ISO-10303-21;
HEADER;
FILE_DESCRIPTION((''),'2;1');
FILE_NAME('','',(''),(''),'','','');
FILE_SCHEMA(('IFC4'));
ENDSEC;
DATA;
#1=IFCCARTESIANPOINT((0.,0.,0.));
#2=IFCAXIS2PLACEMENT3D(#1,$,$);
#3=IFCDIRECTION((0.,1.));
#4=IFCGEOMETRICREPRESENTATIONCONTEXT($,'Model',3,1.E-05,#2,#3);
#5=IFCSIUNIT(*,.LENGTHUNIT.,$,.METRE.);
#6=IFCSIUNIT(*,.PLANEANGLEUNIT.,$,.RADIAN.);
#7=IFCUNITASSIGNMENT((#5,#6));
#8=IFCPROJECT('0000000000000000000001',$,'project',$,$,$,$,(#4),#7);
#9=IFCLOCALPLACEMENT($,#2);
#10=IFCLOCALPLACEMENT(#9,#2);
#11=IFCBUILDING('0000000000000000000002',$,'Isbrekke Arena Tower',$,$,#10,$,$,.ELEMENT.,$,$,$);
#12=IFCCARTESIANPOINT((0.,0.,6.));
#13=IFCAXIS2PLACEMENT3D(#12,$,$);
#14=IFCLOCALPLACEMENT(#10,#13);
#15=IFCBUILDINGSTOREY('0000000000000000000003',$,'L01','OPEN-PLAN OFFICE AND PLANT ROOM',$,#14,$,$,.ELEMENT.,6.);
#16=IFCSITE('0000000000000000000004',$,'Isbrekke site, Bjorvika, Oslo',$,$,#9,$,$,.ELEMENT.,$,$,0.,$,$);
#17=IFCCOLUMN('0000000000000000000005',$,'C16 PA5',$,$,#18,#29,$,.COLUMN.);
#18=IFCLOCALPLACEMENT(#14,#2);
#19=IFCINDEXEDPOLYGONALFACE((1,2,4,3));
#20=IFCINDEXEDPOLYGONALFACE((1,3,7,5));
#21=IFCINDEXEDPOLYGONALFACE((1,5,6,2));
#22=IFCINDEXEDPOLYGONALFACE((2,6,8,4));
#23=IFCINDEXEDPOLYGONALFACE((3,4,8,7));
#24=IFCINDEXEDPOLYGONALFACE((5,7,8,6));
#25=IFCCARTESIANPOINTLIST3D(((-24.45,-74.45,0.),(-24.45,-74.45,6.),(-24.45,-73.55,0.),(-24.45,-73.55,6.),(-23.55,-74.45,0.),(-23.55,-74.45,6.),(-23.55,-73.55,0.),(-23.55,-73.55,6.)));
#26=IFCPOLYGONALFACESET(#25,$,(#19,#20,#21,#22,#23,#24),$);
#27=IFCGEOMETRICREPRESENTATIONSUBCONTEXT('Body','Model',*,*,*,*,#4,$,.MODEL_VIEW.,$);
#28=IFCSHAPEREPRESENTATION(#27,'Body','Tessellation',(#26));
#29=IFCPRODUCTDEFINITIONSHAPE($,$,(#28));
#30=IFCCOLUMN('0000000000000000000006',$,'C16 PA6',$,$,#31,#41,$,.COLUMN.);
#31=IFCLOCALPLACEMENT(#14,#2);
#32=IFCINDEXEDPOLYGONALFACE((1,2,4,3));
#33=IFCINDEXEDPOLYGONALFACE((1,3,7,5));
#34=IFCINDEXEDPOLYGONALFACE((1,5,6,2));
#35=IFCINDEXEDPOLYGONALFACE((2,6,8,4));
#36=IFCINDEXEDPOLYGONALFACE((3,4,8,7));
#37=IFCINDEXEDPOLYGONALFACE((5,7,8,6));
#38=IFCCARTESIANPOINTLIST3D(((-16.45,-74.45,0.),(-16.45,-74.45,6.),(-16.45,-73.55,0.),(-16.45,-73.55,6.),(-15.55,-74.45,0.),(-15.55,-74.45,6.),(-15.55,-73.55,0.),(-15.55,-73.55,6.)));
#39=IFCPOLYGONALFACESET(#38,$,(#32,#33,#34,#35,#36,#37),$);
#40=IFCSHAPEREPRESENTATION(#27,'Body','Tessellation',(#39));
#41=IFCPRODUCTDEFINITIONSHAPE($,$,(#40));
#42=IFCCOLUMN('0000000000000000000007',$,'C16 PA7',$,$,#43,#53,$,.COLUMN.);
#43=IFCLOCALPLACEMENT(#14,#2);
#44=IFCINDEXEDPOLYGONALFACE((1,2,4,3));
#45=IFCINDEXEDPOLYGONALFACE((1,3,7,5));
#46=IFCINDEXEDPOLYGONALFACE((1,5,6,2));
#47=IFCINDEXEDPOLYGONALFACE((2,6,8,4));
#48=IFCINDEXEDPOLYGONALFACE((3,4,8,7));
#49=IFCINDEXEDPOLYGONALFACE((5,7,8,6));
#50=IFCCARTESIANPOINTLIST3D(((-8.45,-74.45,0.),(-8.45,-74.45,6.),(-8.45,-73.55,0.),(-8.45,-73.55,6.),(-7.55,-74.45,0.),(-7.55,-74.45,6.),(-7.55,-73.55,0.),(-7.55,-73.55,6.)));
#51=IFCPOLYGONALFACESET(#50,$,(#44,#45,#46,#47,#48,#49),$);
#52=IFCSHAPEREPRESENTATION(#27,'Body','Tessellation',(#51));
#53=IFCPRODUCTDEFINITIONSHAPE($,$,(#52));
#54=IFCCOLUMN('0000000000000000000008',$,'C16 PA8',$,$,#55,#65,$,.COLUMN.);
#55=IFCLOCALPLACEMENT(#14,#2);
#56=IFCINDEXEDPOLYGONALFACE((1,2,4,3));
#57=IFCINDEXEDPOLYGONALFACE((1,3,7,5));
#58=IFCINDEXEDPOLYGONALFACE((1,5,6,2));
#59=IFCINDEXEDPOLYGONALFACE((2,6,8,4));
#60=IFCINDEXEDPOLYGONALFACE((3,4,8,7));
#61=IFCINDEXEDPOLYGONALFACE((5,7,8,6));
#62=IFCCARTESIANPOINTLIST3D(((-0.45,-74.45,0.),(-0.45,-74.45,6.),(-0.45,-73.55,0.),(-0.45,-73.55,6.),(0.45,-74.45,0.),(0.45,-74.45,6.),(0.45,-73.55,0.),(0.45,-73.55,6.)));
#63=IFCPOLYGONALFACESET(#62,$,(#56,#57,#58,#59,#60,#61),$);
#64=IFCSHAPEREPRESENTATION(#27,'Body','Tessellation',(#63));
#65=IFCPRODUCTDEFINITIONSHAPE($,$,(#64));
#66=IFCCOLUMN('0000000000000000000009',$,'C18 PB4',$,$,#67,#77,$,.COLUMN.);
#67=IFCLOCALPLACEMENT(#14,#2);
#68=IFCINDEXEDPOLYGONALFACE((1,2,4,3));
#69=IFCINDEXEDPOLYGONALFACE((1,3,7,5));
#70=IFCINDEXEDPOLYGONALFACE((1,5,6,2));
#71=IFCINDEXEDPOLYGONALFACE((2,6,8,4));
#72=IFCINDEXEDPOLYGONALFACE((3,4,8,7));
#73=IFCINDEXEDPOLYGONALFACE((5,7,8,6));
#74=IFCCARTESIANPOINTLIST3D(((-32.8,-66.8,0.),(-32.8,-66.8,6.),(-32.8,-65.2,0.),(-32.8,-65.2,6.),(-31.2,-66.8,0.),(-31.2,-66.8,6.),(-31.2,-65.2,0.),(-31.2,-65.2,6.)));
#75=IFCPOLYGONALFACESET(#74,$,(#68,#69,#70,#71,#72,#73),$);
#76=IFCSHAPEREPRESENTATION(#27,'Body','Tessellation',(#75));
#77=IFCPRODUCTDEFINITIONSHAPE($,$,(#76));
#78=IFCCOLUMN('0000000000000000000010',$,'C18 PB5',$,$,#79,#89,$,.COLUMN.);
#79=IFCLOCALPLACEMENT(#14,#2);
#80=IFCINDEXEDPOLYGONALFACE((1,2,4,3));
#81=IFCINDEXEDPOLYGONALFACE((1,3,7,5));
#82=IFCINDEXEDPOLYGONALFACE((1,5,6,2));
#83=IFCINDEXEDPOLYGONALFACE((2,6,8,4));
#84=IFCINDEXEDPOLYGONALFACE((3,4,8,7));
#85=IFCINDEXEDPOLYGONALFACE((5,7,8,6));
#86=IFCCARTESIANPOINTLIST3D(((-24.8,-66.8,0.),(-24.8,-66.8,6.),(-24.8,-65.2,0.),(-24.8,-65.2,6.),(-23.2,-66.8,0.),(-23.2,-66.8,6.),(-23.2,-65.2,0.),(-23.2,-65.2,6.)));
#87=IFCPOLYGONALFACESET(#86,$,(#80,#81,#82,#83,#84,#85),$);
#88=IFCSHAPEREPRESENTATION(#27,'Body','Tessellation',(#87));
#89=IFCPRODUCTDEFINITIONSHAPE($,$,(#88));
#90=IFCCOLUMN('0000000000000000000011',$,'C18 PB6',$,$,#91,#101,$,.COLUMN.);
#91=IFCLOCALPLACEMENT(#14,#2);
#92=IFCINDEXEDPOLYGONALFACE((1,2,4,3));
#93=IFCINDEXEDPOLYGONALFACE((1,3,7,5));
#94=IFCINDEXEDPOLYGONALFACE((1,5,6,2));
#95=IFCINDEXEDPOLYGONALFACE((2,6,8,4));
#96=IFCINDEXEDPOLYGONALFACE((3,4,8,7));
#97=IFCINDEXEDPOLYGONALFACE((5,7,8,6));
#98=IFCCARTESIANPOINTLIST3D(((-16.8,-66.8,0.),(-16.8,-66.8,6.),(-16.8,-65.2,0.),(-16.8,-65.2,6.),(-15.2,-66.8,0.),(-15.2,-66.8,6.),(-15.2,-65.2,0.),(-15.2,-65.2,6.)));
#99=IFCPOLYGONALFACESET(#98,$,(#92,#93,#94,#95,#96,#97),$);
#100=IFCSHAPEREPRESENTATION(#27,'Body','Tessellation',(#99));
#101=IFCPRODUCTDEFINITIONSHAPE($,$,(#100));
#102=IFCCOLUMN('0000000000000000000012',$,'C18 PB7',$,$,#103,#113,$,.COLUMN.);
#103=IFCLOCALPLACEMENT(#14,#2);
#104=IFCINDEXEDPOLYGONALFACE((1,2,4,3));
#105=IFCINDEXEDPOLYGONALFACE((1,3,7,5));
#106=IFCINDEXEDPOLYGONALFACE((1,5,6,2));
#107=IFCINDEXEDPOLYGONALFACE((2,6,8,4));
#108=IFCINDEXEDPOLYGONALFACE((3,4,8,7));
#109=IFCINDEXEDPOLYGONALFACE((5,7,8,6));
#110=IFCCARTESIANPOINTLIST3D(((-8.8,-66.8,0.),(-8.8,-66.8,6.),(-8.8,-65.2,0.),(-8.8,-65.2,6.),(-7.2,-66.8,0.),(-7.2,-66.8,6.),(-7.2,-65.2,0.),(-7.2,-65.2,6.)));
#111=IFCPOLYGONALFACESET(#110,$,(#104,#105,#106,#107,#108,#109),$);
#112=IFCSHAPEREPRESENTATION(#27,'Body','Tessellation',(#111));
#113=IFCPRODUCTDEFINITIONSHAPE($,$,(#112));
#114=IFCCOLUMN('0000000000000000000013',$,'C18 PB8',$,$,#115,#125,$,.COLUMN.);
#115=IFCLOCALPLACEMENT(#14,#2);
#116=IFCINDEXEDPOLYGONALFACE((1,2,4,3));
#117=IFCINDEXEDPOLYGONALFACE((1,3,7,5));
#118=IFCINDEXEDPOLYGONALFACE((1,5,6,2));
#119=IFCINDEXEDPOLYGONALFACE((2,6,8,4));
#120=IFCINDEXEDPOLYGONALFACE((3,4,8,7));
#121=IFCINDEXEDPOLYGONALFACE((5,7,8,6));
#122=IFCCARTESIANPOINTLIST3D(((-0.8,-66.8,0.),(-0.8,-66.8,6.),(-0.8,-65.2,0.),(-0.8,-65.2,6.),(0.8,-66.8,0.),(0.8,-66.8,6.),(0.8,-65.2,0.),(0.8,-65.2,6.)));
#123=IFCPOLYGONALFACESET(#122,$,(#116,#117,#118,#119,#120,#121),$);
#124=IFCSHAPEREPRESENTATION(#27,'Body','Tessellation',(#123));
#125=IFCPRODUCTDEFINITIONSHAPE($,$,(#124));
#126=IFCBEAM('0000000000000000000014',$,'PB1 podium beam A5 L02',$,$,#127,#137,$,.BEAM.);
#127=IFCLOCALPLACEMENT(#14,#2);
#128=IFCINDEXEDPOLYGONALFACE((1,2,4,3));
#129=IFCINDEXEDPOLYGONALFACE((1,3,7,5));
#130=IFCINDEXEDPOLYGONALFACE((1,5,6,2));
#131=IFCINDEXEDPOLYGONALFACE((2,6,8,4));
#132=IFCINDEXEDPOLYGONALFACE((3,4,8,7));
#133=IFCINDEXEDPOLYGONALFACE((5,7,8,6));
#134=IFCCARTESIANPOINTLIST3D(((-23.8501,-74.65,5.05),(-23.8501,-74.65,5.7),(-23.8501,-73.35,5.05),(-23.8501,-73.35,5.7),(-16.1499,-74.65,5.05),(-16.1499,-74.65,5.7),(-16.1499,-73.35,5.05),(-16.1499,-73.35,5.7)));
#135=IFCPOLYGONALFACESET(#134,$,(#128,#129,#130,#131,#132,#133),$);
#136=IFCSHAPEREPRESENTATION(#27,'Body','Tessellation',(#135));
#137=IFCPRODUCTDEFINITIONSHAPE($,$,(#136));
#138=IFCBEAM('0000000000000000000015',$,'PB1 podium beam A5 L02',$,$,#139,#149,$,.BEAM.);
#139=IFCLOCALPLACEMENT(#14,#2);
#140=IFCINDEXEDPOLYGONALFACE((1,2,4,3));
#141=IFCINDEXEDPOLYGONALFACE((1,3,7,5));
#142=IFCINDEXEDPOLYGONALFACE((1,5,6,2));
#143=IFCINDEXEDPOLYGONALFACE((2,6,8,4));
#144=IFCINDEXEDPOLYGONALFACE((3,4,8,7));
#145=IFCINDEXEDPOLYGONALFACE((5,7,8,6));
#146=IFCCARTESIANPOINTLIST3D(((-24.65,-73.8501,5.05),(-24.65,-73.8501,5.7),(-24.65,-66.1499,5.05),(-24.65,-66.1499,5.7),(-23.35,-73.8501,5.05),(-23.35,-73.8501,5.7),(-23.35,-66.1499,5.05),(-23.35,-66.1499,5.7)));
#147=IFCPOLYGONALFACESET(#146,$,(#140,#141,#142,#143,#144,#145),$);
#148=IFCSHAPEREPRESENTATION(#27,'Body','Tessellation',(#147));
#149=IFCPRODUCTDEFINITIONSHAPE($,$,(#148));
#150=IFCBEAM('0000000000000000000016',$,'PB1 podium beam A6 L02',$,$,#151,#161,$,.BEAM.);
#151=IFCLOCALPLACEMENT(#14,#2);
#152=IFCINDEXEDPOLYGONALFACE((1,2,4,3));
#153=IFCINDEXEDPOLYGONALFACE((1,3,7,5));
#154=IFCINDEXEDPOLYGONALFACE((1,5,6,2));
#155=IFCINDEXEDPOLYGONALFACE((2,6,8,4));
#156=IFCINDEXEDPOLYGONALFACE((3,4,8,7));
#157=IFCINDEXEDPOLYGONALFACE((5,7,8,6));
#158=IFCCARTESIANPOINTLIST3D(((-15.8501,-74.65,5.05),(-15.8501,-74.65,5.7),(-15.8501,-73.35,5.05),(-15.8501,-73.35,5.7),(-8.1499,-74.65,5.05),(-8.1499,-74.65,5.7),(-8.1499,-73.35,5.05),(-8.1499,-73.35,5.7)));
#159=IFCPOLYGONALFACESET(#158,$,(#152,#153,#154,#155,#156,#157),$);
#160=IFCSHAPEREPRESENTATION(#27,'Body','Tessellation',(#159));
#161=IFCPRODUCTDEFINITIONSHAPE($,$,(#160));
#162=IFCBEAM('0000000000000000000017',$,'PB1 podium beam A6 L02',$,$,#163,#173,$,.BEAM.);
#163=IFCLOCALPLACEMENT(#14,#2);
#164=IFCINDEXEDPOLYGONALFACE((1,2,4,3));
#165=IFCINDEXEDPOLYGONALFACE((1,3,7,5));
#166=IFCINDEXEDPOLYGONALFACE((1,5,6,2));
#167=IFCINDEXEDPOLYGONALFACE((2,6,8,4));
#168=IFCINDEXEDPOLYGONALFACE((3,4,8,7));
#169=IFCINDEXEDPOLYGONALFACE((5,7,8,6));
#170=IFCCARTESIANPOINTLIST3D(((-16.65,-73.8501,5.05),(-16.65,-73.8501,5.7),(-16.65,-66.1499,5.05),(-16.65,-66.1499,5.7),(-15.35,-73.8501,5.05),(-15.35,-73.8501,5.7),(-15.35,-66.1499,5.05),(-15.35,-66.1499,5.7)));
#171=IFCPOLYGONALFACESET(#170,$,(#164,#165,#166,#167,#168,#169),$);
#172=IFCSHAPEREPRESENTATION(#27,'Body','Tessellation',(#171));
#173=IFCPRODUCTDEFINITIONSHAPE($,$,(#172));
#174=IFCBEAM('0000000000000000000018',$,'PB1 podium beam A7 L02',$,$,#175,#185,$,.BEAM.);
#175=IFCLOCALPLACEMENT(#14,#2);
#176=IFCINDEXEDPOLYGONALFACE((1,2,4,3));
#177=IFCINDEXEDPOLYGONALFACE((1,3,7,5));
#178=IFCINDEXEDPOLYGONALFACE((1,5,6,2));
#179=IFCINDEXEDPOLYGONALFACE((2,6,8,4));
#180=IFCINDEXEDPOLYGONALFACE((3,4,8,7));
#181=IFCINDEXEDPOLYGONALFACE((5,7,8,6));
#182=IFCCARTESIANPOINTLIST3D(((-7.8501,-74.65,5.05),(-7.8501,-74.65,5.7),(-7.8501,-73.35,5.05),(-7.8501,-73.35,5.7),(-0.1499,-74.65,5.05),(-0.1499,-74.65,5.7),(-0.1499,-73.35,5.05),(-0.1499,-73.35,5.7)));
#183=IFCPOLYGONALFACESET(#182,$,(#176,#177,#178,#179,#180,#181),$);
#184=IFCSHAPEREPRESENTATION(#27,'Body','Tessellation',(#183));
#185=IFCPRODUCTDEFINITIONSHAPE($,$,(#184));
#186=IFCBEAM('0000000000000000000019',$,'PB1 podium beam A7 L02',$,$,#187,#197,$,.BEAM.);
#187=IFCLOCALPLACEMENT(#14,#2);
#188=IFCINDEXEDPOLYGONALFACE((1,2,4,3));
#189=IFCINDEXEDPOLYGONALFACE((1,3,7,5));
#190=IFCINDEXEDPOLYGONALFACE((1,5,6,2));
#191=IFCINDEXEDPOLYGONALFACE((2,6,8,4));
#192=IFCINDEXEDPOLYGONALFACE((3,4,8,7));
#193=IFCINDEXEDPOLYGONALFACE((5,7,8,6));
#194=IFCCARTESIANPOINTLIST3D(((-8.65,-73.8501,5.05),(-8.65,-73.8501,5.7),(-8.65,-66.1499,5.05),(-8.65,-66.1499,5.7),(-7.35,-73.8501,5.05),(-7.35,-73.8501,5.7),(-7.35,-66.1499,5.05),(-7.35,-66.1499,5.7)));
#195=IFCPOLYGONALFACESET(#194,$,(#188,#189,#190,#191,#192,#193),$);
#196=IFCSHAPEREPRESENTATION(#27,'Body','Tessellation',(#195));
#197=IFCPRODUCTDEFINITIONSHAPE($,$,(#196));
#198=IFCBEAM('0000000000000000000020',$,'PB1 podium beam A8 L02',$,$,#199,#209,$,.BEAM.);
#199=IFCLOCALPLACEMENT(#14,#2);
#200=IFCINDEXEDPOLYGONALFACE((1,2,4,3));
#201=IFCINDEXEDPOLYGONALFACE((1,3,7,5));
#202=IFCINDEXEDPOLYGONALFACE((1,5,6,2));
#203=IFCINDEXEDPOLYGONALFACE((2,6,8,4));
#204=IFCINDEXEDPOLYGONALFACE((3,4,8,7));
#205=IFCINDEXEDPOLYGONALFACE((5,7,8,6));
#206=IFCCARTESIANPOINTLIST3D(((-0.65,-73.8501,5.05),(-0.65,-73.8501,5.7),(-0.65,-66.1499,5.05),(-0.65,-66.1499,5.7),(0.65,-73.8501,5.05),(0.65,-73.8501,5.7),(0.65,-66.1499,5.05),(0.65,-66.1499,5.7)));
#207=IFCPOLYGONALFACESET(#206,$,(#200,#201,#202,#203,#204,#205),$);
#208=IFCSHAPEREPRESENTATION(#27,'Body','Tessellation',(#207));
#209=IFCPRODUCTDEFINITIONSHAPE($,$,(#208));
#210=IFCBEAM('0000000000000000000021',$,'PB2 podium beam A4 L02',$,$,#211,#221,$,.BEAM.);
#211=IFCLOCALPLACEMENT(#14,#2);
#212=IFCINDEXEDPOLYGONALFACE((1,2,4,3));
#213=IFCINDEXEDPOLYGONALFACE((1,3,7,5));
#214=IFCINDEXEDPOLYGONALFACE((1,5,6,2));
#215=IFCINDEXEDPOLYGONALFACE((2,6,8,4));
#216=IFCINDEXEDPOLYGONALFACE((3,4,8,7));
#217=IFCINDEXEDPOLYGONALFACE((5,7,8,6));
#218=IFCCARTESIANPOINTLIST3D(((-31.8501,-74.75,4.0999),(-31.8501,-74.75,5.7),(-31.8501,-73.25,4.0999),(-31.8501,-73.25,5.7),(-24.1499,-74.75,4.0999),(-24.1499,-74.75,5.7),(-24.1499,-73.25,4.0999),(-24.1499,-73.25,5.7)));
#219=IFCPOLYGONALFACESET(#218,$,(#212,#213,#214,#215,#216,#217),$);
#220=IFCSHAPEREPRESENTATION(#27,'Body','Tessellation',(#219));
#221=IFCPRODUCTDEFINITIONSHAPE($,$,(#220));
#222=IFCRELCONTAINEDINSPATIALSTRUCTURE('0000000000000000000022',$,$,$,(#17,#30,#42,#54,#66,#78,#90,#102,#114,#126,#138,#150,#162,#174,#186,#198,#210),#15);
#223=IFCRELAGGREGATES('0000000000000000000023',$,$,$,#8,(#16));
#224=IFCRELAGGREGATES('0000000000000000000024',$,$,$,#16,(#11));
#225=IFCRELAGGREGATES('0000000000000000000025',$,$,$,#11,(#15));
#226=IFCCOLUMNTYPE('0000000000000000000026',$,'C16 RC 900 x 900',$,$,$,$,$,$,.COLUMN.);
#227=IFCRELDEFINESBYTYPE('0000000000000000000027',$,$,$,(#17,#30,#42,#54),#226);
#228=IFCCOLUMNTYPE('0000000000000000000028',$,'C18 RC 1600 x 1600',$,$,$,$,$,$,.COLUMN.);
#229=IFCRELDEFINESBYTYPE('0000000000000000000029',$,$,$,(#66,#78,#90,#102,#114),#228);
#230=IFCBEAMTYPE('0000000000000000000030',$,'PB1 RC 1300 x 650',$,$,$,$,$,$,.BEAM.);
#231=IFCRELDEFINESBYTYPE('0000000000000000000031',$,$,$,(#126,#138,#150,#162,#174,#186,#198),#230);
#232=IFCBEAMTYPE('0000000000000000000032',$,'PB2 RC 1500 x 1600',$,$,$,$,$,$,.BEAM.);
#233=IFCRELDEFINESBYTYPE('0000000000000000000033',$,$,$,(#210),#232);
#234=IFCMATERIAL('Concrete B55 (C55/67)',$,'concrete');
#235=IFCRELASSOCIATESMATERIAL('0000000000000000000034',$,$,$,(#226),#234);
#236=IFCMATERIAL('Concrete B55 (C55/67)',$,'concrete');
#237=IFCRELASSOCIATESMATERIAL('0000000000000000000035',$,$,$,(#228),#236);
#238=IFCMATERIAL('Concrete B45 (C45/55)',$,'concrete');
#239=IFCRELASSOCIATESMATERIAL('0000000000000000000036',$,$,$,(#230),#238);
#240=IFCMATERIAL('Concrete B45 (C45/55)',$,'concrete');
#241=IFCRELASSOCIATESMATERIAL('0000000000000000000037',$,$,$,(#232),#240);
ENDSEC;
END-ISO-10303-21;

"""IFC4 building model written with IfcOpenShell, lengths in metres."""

from ifc_helpers import new_model, si_unit, direction, frame, origin, origin_2d, place, context, subcontext, project, spatial, rectangle, extrude, material, material_profile, profile_set, type_object, element, save


model = new_model("IFC4")

# Units and contexts
model_context = context("Model", 3, precision=1e-05, world=origin(), true_north=direction((0.0, 1.0)))
body_context = subcontext(model_context, "Body", "Model", "MODEL_VIEW")
ifc_project = project(units=[si_unit("LENGTHUNIT", "METRE"), si_unit("PLANEANGLEUNIT", "RADIAN")], contexts=[model_context])

# Site, building, storey
site_placement = place(None, origin())
site = spatial("IfcSite", under=ifc_project, at=site_placement, Name="Isbrekke site, Bjorvika, Oslo", CompositionType="ELEMENT", RefElevation=0.0)
building_placement = place(site_placement, origin())
building = spatial("IfcBuilding", under=site, at=building_placement, Name="Isbrekke Arena Tower", CompositionType="ELEMENT")
storey_placement = place(building_placement, frame((0.0, 0.0, 6.0)))
storey = spatial("IfcBuildingStorey", under=building, at=storey_placement, Name="L01", Description="OPEN-PLAN OFFICE AND PLANT ROOM", CompositionType="ELEMENT", Elevation=6.0)

# Columns
ifc_material_1 = material(Name="Concrete B55 (C55/67)", Category="concrete")
ifc_material_profile_1 = material_profile(ifc_material_1, rectangle(XDim=0.8999, YDim=0.8999, at=origin_2d()), Name="RC 900x900")
ifc_profile_set_1 = profile_set([ifc_material_profile_1], Name="Concrete B55 (C55/67)")
column_type_1 = type_object("IfcColumnType", Name="C16 RC 900 x 900", PredefinedType="COLUMN", material=ifc_profile_set_1)
for number, where, z_axis, x_axis, name in (
    (1, (-24.0, -74.0, 0.0), (0.0, 0.0, 1.0), (1.0, 0.0, 0.0), "C16 PA5"),
    (2, (-16.0, -74.0, 0.0), (0.0, 0.0, 1.0), (1.0, 0.0, 0.0), "C16 PA6"),
    (3, (-8.0, -74.0, 0.0), (0.0, 0.0, 1.0), (1.0, 0.0, 0.0), "C16 PA7"),
    (4, (0.0, -74.0, 0.0), (0.0, 0.0, 1.0), (1.0, 0.0, 0.0), "C16 PA8"),
):
    element("IfcColumn", number, at=place(storey_placement, frame(where, z_axis=z_axis, x_axis=x_axis)), inside=storey, type_object=column_type_1, Name=name, PredefinedType="COLUMN", context=body_context, shape_type="SweptSolid", body=[
        extrude(rectangle(XDim=0.8999, YDim=0.8999, at=origin_2d()), origin(), (0.0, 0.0, 1.0), 6.0),
    ])
ifc_material_2 = material(Name="Concrete B55 (C55/67)", Category="concrete")
ifc_material_profile_2 = material_profile(ifc_material_2, rectangle(XDim=1.6001, YDim=1.6001, at=origin_2d()), Name="RC 1600x1600")
ifc_profile_set_2 = profile_set([ifc_material_profile_2], Name="Concrete B55 (C55/67)")
column_type_2 = type_object("IfcColumnType", Name="C18 RC 1600 x 1600", PredefinedType="COLUMN", material=ifc_profile_set_2)
for number, where, z_axis, x_axis, name in (
    (5, (-32.0, -66.0, 0.0), (0.0, 0.0, 1.0), (1.0, 0.0, 0.0), "C18 PB4"),
    (6, (-24.0, -66.0, 0.0), (0.0, 0.0, 1.0), (1.0, 0.0, 0.0), "C18 PB5"),
    (7, (-16.0, -66.0, 0.0), (0.0, 0.0, 1.0), (1.0, 0.0, 0.0), "C18 PB6"),
    (8, (-8.0, -66.0, 0.0), (0.0, 0.0, 1.0), (1.0, 0.0, 0.0), "C18 PB7"),
    (9, (0.0, -66.0, 0.0), (0.0, 0.0, 1.0), (1.0, 0.0, 0.0), "C18 PB8"),
):
    element("IfcColumn", number, at=place(storey_placement, frame(where, z_axis=z_axis, x_axis=x_axis)), inside=storey, type_object=column_type_2, Name=name, PredefinedType="COLUMN", context=body_context, shape_type="SweptSolid", body=[
        extrude(rectangle(XDim=1.6001, YDim=1.6001, at=origin_2d()), origin(), (0.0, 0.0, 1.0), 6.0),
    ])

# Beams
ifc_material_3 = material(Name="Concrete B45 (C45/55)", Category="concrete")
ifc_material_profile_3 = material_profile(ifc_material_3, rectangle(XDim=1.3, YDim=0.6499, at=origin_2d()), Name="RC 1300x650")
ifc_profile_set_3 = profile_set([ifc_material_profile_3], Name="Concrete B45 (C45/55)")
beam_type_1 = type_object("IfcBeamType", Name="PB1 RC 1300 x 650", PredefinedType="BEAM", material=ifc_profile_set_3)
for number, where, z_axis, x_axis, name in (
    (10, (-23.8501, -74.0, 5.375), (1.0, 0.0, 0.0), (0.0, 1.0, 0.0), "PB1 podium beam A5 L02"),
    (11, (-24.0, -73.8501, 5.375), (0.0, 1.0, 0.0), (-1.0, 0.0, 0.0), "PB1 podium beam A5 L02"),
    (12, (-15.8501, -74.0, 5.375), (1.0, 0.0, 0.0), (0.0, 1.0, 0.0), "PB1 podium beam A6 L02"),
    (13, (-16.0, -73.8501, 5.375), (0.0, 1.0, 0.0), (-1.0, 0.0, 0.0), "PB1 podium beam A6 L02"),
    (14, (-7.8501, -74.0, 5.375), (1.0, 0.0, 0.0), (0.0, 1.0, 0.0), "PB1 podium beam A7 L02"),
    (15, (-8.0, -73.8501, 5.375), (0.0, 1.0, 0.0), (-1.0, 0.0, 0.0), "PB1 podium beam A7 L02"),
    (16, (0.0, -73.8501, 5.375), (0.0, 1.0, 0.0), (-1.0, 0.0, 0.0), "PB1 podium beam A8 L02"),
):
    element("IfcBeam", number, at=place(storey_placement, frame(where, z_axis=z_axis, x_axis=x_axis)), inside=storey, type_object=beam_type_1, Name=name, PredefinedType="BEAM", context=body_context, shape_type="SweptSolid", body=[
        extrude(rectangle(XDim=1.3, YDim=0.6499, at=origin_2d()), origin(), (0.0, 0.0, 1.0), 7.7002),
    ])
ifc_material_4 = material(Name="Concrete B45 (C45/55)", Category="concrete")
ifc_material_profile_4 = material_profile(ifc_material_4, rectangle(XDim=1.5, YDim=1.6001, at=origin_2d()), Name="RC 1500x1600")
ifc_profile_set_4 = profile_set([ifc_material_profile_4], Name="Concrete B45 (C45/55)")
beam_type_2 = type_object("IfcBeamType", Name="PB2 RC 1500 x 1600", PredefinedType="BEAM", material=ifc_profile_set_4)
beam_placement = place(storey_placement, frame((-31.8501, -74.0, 4.8999), z_axis=(1.0, 0.0, 0.0), x_axis=(0.0, 1.0, 0.0)))
element("IfcBeam", 17, at=beam_placement, inside=storey, type_object=beam_type_2, Name="PB2 podium beam A4 L02", PredefinedType="BEAM", context=body_context, shape_type="SweptSolid", body=[
    extrude(rectangle(XDim=1.5, YDim=1.6001, at=origin_2d()), origin(), (0.0, 0.0, 1.0), 7.7002),
])

save(model, "model.ifc")
